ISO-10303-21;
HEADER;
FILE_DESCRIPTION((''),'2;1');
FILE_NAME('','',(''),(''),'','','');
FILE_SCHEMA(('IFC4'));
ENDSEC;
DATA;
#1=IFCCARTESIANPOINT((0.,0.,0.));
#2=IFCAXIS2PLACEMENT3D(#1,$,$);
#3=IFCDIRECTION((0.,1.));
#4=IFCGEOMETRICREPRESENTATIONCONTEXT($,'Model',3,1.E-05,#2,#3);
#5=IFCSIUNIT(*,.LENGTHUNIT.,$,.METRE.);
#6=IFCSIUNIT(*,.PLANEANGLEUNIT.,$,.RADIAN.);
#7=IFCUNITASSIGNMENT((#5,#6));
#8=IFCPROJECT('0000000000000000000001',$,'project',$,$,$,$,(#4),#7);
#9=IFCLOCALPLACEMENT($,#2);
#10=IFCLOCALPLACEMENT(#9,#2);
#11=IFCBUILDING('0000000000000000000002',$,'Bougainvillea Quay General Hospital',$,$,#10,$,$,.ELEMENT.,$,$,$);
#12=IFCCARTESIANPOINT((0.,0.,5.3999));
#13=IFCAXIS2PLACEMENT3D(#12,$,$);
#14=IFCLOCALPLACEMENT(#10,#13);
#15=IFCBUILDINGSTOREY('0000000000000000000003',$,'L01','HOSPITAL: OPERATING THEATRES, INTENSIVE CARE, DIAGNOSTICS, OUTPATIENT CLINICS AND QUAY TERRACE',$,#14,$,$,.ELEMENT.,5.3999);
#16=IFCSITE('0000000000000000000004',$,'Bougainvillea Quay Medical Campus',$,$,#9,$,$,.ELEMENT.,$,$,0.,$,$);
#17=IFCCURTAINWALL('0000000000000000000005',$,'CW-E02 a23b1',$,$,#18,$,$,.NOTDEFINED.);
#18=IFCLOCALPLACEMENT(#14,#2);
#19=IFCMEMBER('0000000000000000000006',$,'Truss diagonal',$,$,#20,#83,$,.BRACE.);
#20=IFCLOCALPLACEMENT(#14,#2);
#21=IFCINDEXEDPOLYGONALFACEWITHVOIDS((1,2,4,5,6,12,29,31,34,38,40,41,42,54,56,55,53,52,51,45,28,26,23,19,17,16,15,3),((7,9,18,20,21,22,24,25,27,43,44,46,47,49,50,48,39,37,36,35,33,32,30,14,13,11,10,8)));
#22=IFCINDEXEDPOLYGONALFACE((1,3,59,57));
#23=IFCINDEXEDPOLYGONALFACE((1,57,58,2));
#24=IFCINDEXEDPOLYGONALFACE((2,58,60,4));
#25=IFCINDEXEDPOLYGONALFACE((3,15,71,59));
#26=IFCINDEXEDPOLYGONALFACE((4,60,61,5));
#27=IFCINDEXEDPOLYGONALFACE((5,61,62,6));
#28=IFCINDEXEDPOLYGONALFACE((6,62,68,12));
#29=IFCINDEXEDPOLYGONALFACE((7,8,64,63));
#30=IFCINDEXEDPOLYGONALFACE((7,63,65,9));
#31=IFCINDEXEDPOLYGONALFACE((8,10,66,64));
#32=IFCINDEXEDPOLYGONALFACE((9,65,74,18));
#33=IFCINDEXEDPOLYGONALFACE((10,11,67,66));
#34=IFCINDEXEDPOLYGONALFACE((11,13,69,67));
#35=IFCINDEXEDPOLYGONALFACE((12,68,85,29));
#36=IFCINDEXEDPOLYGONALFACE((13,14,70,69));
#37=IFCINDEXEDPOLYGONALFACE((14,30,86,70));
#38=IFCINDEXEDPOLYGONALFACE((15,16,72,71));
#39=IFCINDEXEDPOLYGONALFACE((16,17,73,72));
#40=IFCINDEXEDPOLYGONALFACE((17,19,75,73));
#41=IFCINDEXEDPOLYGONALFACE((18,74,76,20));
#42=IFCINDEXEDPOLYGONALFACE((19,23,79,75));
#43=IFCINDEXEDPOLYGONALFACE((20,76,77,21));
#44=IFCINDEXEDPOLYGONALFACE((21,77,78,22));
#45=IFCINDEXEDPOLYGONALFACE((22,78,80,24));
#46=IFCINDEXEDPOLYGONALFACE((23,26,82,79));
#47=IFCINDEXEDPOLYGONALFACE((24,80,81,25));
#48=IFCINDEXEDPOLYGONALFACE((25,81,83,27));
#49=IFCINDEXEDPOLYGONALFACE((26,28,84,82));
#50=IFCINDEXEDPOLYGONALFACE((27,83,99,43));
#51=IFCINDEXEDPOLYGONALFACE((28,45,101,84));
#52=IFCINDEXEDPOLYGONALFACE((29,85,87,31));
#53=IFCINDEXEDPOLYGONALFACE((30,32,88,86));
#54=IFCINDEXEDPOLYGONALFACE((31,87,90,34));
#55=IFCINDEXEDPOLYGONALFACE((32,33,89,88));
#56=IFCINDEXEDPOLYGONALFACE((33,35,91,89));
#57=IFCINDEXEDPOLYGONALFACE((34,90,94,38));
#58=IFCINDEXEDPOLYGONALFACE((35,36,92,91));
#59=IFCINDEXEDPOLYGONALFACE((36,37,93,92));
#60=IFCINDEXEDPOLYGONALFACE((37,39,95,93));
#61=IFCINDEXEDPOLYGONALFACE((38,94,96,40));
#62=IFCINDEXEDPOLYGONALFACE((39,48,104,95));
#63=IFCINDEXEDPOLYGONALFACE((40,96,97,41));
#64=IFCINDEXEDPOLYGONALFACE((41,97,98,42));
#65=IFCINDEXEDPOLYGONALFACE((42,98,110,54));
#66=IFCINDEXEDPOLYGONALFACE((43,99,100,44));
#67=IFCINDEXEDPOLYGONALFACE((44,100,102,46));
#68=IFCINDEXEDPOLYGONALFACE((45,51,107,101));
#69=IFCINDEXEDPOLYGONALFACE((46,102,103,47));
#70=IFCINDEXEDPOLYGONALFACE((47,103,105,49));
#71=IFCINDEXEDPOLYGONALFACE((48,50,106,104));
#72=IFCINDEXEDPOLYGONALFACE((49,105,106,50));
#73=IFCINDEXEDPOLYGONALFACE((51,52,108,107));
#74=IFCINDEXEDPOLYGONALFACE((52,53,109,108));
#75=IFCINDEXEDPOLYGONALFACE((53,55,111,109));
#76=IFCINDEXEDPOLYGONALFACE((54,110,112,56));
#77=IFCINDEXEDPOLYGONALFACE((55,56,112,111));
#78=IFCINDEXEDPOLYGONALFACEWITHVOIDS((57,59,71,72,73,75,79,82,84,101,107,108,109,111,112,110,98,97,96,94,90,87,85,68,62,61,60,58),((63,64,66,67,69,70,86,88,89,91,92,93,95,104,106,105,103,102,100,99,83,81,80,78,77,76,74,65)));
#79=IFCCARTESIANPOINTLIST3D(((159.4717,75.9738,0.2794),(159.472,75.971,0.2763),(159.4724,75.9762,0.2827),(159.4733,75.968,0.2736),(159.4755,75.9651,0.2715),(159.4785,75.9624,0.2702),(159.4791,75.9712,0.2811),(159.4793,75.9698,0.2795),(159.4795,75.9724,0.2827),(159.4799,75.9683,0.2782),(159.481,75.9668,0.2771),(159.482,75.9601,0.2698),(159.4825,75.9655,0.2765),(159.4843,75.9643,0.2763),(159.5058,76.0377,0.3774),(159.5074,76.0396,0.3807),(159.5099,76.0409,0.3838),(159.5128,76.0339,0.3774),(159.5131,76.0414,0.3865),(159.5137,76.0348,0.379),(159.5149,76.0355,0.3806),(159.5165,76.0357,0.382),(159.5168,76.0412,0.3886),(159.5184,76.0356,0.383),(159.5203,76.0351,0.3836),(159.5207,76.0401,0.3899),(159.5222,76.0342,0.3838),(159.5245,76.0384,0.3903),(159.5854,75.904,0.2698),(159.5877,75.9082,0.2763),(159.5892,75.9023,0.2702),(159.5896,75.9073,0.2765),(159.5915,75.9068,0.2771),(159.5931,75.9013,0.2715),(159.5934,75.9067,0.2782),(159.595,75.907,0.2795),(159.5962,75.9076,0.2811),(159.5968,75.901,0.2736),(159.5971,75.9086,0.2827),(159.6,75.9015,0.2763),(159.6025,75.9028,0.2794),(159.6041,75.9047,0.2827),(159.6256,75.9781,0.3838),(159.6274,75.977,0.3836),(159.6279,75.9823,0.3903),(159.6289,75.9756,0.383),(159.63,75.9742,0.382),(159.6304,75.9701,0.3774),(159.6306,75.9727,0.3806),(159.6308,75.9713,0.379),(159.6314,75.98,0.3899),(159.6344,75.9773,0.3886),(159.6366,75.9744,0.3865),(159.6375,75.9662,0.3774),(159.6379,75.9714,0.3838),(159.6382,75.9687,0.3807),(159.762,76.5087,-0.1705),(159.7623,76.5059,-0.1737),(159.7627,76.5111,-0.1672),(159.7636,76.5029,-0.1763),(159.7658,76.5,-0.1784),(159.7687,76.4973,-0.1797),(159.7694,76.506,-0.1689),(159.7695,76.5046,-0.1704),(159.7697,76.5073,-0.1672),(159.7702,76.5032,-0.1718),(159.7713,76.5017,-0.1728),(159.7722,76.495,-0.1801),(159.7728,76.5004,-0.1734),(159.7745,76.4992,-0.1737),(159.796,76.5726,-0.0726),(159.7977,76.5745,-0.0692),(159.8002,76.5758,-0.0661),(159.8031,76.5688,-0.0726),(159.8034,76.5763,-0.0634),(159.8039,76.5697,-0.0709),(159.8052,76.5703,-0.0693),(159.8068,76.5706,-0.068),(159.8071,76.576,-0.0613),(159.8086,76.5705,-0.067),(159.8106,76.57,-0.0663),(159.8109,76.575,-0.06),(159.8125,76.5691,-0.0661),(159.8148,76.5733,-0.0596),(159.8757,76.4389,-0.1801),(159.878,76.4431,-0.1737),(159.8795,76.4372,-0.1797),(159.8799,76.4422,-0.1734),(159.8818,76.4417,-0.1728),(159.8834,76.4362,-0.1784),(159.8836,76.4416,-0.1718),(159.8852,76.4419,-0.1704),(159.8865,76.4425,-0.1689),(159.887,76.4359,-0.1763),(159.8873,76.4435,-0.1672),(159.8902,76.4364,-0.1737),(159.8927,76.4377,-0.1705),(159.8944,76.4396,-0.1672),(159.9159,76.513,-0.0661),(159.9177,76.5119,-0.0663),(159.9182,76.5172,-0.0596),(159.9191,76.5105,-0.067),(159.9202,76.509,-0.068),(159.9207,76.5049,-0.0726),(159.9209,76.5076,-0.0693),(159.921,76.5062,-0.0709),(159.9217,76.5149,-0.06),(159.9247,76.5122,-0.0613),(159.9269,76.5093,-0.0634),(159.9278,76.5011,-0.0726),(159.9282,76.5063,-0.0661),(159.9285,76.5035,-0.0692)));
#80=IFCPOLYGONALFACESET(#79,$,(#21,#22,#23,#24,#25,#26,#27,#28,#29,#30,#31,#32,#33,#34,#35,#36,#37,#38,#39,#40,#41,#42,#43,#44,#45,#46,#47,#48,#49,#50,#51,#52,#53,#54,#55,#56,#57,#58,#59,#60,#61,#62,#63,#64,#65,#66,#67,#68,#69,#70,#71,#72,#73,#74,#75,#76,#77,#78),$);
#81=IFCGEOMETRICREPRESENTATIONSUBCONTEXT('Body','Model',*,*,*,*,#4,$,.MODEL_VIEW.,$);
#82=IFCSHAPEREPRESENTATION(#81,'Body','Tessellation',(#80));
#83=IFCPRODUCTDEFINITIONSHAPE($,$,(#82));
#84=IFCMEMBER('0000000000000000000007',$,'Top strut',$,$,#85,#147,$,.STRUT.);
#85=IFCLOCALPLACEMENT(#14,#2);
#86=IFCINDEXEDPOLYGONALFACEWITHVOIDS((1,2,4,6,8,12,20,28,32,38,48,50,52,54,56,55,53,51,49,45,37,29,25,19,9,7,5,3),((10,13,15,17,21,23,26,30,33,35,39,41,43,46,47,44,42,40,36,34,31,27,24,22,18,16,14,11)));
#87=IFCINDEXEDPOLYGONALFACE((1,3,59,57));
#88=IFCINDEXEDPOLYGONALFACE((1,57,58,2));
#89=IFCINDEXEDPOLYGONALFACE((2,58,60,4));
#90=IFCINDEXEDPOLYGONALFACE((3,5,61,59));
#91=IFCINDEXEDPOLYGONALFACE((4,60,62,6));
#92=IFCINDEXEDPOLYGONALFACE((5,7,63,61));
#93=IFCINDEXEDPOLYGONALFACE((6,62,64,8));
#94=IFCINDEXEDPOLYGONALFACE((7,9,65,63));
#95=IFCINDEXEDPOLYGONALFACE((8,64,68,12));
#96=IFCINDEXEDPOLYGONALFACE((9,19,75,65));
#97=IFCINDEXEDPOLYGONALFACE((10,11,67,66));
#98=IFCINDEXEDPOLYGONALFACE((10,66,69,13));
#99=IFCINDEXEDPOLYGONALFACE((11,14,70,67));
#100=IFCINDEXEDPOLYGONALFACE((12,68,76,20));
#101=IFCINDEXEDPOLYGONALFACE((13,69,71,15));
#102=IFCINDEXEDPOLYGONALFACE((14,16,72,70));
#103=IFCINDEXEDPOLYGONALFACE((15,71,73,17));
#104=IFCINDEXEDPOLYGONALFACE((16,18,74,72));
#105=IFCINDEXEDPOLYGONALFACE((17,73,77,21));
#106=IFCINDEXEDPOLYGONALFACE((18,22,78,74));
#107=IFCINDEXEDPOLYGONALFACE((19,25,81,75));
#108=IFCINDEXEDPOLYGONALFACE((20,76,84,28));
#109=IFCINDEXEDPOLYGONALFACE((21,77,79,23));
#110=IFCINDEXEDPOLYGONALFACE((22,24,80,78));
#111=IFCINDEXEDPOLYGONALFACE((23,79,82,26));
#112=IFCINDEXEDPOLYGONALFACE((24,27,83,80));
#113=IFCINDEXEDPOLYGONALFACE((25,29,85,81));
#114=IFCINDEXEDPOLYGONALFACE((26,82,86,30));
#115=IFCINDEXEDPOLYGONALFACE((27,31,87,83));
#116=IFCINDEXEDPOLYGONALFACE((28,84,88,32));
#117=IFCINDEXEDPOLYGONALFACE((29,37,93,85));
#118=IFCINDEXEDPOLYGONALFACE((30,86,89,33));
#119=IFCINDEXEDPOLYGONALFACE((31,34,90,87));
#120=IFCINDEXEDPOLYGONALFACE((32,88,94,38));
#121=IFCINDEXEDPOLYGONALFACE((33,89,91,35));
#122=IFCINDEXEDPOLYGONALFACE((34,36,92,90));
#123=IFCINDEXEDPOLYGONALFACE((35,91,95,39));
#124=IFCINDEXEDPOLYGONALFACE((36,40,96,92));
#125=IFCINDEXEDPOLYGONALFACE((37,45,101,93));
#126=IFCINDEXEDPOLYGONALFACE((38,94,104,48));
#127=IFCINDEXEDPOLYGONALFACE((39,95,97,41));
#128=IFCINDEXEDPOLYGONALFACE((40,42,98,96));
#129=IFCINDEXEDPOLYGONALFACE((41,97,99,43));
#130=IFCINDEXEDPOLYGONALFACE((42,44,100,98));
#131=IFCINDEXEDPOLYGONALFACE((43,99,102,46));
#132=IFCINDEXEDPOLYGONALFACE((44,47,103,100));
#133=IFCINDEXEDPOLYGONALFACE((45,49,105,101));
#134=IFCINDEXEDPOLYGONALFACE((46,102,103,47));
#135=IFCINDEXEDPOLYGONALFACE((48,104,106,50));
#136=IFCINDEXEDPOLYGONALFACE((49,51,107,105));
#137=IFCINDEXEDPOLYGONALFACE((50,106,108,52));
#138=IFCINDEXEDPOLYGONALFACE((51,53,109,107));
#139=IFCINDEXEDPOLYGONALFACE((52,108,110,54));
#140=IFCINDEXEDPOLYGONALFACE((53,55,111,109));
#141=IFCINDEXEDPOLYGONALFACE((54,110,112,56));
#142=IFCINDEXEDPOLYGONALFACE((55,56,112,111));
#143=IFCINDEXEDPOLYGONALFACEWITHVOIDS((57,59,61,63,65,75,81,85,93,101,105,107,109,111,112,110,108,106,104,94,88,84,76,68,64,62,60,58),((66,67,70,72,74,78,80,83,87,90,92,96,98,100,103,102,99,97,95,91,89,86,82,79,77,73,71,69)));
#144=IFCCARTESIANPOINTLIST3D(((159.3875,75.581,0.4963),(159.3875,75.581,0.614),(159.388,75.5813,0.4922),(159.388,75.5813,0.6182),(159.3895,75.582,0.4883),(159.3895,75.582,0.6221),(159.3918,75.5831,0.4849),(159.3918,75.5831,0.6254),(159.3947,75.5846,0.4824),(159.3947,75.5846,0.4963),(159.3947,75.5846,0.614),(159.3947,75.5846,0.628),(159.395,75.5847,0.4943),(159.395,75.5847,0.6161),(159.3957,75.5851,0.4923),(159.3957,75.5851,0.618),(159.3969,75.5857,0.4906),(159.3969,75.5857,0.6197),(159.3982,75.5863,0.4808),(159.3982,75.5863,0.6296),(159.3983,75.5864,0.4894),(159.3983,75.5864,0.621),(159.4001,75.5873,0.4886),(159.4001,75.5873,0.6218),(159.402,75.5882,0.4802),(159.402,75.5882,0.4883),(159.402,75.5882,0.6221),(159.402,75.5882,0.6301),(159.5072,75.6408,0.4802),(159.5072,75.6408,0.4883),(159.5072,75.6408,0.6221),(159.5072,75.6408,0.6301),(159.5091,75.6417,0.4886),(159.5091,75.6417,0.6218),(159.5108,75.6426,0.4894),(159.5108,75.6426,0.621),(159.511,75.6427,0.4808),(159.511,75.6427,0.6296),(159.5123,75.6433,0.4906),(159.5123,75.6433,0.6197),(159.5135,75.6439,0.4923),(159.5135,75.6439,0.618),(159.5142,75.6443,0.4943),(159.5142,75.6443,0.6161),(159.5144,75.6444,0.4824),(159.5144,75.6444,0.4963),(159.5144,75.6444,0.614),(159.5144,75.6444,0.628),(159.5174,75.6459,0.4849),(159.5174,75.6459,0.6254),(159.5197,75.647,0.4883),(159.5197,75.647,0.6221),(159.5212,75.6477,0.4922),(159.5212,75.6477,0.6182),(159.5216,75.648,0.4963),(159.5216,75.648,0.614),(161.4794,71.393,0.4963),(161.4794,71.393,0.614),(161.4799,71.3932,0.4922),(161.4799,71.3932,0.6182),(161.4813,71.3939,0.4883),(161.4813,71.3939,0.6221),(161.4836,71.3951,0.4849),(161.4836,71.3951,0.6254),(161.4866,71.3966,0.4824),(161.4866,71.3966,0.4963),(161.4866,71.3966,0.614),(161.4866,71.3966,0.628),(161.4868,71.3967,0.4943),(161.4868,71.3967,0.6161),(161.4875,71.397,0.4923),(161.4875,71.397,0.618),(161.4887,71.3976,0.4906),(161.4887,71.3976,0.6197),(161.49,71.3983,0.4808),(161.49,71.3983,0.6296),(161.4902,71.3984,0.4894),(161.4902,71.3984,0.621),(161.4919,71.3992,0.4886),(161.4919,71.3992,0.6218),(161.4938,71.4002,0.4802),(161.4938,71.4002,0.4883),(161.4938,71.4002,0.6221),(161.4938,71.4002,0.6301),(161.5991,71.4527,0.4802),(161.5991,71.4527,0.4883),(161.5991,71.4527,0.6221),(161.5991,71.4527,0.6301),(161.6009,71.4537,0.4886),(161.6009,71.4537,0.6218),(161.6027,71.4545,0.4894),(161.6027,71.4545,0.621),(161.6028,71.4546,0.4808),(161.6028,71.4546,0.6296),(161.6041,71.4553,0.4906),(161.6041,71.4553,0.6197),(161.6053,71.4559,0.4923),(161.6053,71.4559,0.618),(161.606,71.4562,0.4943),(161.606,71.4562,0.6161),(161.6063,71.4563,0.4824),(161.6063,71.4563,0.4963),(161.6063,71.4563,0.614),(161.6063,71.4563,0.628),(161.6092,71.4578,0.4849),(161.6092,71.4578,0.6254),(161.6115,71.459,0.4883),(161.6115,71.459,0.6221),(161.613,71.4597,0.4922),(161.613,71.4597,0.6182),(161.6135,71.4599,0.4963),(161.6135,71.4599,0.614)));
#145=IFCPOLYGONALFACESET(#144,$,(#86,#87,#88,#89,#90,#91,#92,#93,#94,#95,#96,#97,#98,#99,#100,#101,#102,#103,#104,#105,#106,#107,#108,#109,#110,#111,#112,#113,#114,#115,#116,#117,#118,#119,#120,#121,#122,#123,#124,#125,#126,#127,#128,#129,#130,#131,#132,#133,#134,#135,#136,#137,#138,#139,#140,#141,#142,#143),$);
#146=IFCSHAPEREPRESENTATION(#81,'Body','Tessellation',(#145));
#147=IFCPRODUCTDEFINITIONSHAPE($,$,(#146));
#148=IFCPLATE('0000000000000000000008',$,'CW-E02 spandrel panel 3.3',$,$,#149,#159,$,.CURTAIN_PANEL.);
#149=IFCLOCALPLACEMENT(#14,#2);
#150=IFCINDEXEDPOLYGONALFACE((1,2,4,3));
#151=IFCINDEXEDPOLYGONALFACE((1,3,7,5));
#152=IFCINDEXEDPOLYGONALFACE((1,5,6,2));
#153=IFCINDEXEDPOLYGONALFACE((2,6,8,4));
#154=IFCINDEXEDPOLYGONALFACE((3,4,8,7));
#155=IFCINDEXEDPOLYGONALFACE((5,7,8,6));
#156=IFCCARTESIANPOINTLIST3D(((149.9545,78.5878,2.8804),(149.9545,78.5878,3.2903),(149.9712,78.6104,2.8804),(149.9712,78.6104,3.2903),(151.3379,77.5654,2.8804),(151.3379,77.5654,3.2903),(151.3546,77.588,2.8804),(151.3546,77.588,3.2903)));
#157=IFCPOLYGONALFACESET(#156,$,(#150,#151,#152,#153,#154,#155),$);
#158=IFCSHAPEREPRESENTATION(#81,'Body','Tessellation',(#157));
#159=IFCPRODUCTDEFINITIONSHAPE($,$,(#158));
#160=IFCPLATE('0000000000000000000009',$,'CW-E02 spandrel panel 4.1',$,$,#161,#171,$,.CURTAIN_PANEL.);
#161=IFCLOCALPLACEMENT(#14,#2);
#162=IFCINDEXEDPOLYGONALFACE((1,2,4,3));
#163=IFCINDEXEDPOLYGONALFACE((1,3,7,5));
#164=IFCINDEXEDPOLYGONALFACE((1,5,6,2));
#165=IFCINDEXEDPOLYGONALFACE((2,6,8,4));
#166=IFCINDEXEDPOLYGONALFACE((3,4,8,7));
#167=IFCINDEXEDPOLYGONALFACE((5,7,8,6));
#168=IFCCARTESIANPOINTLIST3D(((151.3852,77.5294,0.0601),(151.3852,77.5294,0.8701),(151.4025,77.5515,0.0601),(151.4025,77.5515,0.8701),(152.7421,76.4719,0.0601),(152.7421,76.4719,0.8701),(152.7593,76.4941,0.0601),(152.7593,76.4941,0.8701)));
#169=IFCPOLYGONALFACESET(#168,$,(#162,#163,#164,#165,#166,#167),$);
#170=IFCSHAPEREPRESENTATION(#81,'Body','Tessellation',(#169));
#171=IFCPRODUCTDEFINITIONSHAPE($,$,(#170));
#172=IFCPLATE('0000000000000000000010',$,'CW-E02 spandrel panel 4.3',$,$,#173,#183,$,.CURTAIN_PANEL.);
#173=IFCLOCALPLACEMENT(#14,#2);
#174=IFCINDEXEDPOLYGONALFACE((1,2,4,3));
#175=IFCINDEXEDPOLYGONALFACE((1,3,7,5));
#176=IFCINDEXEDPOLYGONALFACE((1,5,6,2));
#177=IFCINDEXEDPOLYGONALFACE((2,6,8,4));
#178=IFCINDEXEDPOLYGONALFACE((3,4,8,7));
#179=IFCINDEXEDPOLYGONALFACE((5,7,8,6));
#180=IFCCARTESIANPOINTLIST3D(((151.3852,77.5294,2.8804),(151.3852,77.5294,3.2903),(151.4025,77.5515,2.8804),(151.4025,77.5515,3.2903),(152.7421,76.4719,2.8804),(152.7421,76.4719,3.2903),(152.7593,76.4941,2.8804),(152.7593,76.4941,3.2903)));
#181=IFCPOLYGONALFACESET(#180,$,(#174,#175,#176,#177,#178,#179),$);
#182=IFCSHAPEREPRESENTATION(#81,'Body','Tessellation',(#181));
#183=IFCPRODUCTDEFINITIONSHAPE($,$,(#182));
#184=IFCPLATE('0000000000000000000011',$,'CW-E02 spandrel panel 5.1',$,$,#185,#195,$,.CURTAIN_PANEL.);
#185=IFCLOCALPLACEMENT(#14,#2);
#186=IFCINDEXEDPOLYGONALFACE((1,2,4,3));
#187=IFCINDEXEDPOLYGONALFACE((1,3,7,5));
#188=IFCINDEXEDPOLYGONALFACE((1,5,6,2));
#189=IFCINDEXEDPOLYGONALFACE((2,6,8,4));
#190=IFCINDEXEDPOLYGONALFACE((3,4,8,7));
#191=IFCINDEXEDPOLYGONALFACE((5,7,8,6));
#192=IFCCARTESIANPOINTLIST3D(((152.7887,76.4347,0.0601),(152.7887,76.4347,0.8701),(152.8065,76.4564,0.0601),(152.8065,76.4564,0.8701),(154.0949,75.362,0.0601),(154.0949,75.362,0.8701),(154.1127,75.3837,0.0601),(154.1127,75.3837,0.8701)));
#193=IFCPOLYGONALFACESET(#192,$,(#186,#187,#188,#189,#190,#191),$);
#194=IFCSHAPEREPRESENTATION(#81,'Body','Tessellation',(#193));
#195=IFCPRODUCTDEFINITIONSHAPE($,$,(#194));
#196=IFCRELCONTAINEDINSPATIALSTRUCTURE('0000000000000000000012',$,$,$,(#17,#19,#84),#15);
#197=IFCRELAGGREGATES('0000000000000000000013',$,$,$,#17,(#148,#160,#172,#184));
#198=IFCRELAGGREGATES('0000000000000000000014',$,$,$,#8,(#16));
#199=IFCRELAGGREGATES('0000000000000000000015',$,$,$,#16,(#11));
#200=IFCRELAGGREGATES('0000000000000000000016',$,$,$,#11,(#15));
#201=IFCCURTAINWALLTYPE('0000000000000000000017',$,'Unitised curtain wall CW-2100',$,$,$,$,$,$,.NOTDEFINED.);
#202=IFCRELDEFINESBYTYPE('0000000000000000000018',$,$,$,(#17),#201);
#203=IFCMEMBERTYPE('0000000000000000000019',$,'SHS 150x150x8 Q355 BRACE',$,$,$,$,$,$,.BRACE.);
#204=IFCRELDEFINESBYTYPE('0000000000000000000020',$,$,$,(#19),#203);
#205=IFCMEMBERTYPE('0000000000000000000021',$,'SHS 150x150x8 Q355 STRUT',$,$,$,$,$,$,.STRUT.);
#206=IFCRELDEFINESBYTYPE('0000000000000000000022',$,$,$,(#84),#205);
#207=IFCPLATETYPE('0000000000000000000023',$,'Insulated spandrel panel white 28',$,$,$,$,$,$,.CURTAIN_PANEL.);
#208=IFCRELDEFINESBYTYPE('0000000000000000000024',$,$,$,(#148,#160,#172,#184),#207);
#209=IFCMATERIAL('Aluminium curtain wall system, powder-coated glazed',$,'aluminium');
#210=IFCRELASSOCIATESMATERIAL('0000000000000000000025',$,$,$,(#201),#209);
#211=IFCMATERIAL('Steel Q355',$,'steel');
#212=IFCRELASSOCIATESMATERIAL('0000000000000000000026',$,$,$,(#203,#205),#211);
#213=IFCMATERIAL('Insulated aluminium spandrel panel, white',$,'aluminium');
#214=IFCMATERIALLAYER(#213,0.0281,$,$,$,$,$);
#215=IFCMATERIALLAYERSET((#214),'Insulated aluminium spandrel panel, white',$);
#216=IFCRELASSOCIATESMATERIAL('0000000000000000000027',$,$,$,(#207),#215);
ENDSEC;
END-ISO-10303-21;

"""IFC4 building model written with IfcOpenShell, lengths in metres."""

from ifc_helpers import new_model, si_unit, direction, frame, origin, origin_2d, place, context, subcontext, project, spatial, rectangle, hollow_rectangle, extrude, material, layer, layer_set, material_profile, profile_set, type_object, element, aggregate, save


model = new_model("IFC4")

# Units and contexts
model_context = context("Model", 3, precision=1e-05, world=origin(), true_north=direction((0.0, 1.0)))
body_context = subcontext(model_context, "Body", "Model", "MODEL_VIEW")
ifc_project = project(units=[si_unit("LENGTHUNIT", "METRE"), si_unit("PLANEANGLEUNIT", "RADIAN")], contexts=[model_context])

# Site, building, storey
site_placement = place(None, origin())
site = spatial("IfcSite", under=ifc_project, at=site_placement, Name="Bougainvillea Quay Medical Campus", CompositionType="ELEMENT", RefElevation=0.0)
building_placement = place(site_placement, origin())
building = spatial("IfcBuilding", under=site, at=building_placement, Name="Bougainvillea Quay General Hospital", CompositionType="ELEMENT")
storey_placement = place(building_placement, frame((0.0, 0.0, 5.3999)))
storey = spatial("IfcBuildingStorey", under=building, at=storey_placement, Name="L01", Description="HOSPITAL: OPERATING THEATRES, INTENSIVE CARE, DIAGNOSTICS, OUTPATIENT CLINICS AND QUAY TERRACE", CompositionType="ELEMENT", Elevation=5.3999)

# Shared definitions
ifc_material_1 = material(Name="Aluminium curtain wall system, powder-coated glazed", Category="aluminium")
curtain_wall_type = type_object("IfcCurtainWallType", Name="Unitised curtain wall CW-2100", PredefinedType="NOTDEFINED", material=ifc_material_1)

# Curtain wall
curtain_wall_1_placement = place(storey_placement, origin())
curtain_wall_1 = element("IfcCurtainWall", 1, at=curtain_wall_1_placement, inside=storey, type_object=curtain_wall_type, Name="CW-E02 a23b1", PredefinedType="NOTDEFINED")

# Members
ifc_material_2 = material(Name="Steel Q355", Category="steel")
ifc_material_profile_1 = material_profile(ifc_material_2, hollow_rectangle(XDim=0.1499, YDim=0.1499, WallThickness=0.0081, InnerFilletRadius=0.0081, OuterFilletRadius=0.0161, at=origin_2d()))
ifc_profile_set_1 = profile_set([ifc_material_profile_1], Name="Steel Q355")
member_type_1 = type_object("IfcMemberType", Name="SHS 150x150x8 Q355 BRACE", PredefinedType="BRACE", material=ifc_profile_set_1)
member_1_placement = place(storey_placement, frame((159.8452, 76.5061, -0.1199), z_axis=(-0.383531, -0.706743, 0.59449), x_axis=(0.878921, -0.476968, 0.0)))
element("IfcMember", 2, at=member_1_placement, inside=storey, type_object=member_type_1, Name="Truss diagonal", PredefinedType="BRACE", context=body_context, shape_type="SweptSolid", body=[
    extrude(hollow_rectangle(XDim=0.1499, YDim=0.1499, WallThickness=0.0081, InnerFilletRadius=0.0081, OuterFilletRadius=0.0161, at=origin_2d()), origin(), (0.0, 0.0, 1.0), 0.7568),
])
ifc_material_profile_2 = material_profile(ifc_material_2, hollow_rectangle(XDim=0.1499, YDim=0.1499, WallThickness=0.0081, InnerFilletRadius=0.0081, OuterFilletRadius=0.0161, at=origin_2d()))
ifc_profile_set_2 = profile_set([ifc_material_profile_2], Name="Steel Q355")
member_type_2 = type_object("IfcMemberType", Name="SHS 150x150x8 Q355 STRUT", PredefinedType="STRUT", material=ifc_profile_set_2)
member_2_placement = place(storey_placement, frame((159.4546, 75.6145, 0.5552), z_axis=(0.446838, -0.894615, 0.0), x_axis=(0.894615, 0.446838, 0.0)))
element("IfcMember", 3, at=member_2_placement, inside=storey, type_object=member_type_2, Name="Top strut", PredefinedType="STRUT", context=body_context, shape_type="SweptSolid", body=[
    extrude(hollow_rectangle(XDim=0.1499, YDim=0.1499, WallThickness=0.0081, InnerFilletRadius=0.0081, OuterFilletRadius=0.0161, at=origin_2d()), origin(), (0.0, 0.0, 1.0), 4.6814),
])

# Plates
ifc_material_3 = material(Name="Insulated aluminium spandrel panel, white", Category="aluminium")
ifc_layer_1 = layer(ifc_material_3, 0.0281)
ifc_layer_set_1 = layer_set([ifc_layer_1], Name="Insulated aluminium spandrel panel, white")
plate_type_1 = type_object("IfcPlateType", Name="Insulated spandrel panel white 28", PredefinedType="CURTAIN_PANEL", material=ifc_layer_set_1)
plate_1_placement = place(storey_placement, frame((150.6545, 78.0879, 2.8804), z_axis=(0.0, 0.0, 1.0), x_axis=(0.804189, -0.594374, 0.0)))
plate_1 = element("IfcPlate", 4, at=plate_1_placement, type_object=plate_type_1, Name="CW-E02 spandrel panel 3.3", PredefinedType="CURTAIN_PANEL", context=body_context, shape_type="SweptSolid", body=[
    extrude(rectangle(XDim=1.7202, YDim=0.0281, at=origin_2d()), origin(), (0.0, 0.0, 1.0), 0.4099),
])
plate_2_placement = place(storey_placement, frame((152.0723, 77.0117, 0.0601), z_axis=(0.0, 0.0, 1.0), x_axis=(0.788758, -0.614704, 0.0)))
plate_2 = element("IfcPlate", 5, at=plate_2_placement, type_object=plate_type_1, Name="CW-E02 spandrel panel 4.1", PredefinedType="CURTAIN_PANEL", context=body_context, shape_type="SweptSolid", body=[
    extrude(rectangle(XDim=1.7202, YDim=0.0281, at=origin_2d()), origin(), (0.0, 0.0, 1.0), 0.8101),
])
plate_3_placement = place(storey_placement, frame((152.0723, 77.0117, 2.8804), z_axis=(0.0, 0.0, 1.0), x_axis=(0.788758, -0.614704, 0.0)))
plate_3 = element("IfcPlate", 6, at=plate_3_placement, type_object=plate_type_1, Name="CW-E02 spandrel panel 4.3", PredefinedType="CURTAIN_PANEL", context=body_context, shape_type="SweptSolid", body=[
    extrude(rectangle(XDim=1.7202, YDim=0.0281, at=origin_2d()), origin(), (0.0, 0.0, 1.0), 0.4099),
])
plate_4_placement = place(storey_placement, frame((153.4507, 75.9092, 0.0601), z_axis=(0.0, 0.0, 1.0), x_axis=(0.772813, -0.634633, 0.0)))
plate_4 = element("IfcPlate", 7, at=plate_4_placement, type_object=plate_type_1, Name="CW-E02 spandrel panel 5.1", PredefinedType="CURTAIN_PANEL", context=body_context, shape_type="SweptSolid", body=[
    extrude(rectangle(XDim=1.6902, YDim=0.0281, at=origin_2d()), origin(), (0.0, 0.0, 1.0), 0.8101),
])
aggregate(curtain_wall_1, [plate_1, plate_2, plate_3, plate_4])

save(model, "model.ifc")
